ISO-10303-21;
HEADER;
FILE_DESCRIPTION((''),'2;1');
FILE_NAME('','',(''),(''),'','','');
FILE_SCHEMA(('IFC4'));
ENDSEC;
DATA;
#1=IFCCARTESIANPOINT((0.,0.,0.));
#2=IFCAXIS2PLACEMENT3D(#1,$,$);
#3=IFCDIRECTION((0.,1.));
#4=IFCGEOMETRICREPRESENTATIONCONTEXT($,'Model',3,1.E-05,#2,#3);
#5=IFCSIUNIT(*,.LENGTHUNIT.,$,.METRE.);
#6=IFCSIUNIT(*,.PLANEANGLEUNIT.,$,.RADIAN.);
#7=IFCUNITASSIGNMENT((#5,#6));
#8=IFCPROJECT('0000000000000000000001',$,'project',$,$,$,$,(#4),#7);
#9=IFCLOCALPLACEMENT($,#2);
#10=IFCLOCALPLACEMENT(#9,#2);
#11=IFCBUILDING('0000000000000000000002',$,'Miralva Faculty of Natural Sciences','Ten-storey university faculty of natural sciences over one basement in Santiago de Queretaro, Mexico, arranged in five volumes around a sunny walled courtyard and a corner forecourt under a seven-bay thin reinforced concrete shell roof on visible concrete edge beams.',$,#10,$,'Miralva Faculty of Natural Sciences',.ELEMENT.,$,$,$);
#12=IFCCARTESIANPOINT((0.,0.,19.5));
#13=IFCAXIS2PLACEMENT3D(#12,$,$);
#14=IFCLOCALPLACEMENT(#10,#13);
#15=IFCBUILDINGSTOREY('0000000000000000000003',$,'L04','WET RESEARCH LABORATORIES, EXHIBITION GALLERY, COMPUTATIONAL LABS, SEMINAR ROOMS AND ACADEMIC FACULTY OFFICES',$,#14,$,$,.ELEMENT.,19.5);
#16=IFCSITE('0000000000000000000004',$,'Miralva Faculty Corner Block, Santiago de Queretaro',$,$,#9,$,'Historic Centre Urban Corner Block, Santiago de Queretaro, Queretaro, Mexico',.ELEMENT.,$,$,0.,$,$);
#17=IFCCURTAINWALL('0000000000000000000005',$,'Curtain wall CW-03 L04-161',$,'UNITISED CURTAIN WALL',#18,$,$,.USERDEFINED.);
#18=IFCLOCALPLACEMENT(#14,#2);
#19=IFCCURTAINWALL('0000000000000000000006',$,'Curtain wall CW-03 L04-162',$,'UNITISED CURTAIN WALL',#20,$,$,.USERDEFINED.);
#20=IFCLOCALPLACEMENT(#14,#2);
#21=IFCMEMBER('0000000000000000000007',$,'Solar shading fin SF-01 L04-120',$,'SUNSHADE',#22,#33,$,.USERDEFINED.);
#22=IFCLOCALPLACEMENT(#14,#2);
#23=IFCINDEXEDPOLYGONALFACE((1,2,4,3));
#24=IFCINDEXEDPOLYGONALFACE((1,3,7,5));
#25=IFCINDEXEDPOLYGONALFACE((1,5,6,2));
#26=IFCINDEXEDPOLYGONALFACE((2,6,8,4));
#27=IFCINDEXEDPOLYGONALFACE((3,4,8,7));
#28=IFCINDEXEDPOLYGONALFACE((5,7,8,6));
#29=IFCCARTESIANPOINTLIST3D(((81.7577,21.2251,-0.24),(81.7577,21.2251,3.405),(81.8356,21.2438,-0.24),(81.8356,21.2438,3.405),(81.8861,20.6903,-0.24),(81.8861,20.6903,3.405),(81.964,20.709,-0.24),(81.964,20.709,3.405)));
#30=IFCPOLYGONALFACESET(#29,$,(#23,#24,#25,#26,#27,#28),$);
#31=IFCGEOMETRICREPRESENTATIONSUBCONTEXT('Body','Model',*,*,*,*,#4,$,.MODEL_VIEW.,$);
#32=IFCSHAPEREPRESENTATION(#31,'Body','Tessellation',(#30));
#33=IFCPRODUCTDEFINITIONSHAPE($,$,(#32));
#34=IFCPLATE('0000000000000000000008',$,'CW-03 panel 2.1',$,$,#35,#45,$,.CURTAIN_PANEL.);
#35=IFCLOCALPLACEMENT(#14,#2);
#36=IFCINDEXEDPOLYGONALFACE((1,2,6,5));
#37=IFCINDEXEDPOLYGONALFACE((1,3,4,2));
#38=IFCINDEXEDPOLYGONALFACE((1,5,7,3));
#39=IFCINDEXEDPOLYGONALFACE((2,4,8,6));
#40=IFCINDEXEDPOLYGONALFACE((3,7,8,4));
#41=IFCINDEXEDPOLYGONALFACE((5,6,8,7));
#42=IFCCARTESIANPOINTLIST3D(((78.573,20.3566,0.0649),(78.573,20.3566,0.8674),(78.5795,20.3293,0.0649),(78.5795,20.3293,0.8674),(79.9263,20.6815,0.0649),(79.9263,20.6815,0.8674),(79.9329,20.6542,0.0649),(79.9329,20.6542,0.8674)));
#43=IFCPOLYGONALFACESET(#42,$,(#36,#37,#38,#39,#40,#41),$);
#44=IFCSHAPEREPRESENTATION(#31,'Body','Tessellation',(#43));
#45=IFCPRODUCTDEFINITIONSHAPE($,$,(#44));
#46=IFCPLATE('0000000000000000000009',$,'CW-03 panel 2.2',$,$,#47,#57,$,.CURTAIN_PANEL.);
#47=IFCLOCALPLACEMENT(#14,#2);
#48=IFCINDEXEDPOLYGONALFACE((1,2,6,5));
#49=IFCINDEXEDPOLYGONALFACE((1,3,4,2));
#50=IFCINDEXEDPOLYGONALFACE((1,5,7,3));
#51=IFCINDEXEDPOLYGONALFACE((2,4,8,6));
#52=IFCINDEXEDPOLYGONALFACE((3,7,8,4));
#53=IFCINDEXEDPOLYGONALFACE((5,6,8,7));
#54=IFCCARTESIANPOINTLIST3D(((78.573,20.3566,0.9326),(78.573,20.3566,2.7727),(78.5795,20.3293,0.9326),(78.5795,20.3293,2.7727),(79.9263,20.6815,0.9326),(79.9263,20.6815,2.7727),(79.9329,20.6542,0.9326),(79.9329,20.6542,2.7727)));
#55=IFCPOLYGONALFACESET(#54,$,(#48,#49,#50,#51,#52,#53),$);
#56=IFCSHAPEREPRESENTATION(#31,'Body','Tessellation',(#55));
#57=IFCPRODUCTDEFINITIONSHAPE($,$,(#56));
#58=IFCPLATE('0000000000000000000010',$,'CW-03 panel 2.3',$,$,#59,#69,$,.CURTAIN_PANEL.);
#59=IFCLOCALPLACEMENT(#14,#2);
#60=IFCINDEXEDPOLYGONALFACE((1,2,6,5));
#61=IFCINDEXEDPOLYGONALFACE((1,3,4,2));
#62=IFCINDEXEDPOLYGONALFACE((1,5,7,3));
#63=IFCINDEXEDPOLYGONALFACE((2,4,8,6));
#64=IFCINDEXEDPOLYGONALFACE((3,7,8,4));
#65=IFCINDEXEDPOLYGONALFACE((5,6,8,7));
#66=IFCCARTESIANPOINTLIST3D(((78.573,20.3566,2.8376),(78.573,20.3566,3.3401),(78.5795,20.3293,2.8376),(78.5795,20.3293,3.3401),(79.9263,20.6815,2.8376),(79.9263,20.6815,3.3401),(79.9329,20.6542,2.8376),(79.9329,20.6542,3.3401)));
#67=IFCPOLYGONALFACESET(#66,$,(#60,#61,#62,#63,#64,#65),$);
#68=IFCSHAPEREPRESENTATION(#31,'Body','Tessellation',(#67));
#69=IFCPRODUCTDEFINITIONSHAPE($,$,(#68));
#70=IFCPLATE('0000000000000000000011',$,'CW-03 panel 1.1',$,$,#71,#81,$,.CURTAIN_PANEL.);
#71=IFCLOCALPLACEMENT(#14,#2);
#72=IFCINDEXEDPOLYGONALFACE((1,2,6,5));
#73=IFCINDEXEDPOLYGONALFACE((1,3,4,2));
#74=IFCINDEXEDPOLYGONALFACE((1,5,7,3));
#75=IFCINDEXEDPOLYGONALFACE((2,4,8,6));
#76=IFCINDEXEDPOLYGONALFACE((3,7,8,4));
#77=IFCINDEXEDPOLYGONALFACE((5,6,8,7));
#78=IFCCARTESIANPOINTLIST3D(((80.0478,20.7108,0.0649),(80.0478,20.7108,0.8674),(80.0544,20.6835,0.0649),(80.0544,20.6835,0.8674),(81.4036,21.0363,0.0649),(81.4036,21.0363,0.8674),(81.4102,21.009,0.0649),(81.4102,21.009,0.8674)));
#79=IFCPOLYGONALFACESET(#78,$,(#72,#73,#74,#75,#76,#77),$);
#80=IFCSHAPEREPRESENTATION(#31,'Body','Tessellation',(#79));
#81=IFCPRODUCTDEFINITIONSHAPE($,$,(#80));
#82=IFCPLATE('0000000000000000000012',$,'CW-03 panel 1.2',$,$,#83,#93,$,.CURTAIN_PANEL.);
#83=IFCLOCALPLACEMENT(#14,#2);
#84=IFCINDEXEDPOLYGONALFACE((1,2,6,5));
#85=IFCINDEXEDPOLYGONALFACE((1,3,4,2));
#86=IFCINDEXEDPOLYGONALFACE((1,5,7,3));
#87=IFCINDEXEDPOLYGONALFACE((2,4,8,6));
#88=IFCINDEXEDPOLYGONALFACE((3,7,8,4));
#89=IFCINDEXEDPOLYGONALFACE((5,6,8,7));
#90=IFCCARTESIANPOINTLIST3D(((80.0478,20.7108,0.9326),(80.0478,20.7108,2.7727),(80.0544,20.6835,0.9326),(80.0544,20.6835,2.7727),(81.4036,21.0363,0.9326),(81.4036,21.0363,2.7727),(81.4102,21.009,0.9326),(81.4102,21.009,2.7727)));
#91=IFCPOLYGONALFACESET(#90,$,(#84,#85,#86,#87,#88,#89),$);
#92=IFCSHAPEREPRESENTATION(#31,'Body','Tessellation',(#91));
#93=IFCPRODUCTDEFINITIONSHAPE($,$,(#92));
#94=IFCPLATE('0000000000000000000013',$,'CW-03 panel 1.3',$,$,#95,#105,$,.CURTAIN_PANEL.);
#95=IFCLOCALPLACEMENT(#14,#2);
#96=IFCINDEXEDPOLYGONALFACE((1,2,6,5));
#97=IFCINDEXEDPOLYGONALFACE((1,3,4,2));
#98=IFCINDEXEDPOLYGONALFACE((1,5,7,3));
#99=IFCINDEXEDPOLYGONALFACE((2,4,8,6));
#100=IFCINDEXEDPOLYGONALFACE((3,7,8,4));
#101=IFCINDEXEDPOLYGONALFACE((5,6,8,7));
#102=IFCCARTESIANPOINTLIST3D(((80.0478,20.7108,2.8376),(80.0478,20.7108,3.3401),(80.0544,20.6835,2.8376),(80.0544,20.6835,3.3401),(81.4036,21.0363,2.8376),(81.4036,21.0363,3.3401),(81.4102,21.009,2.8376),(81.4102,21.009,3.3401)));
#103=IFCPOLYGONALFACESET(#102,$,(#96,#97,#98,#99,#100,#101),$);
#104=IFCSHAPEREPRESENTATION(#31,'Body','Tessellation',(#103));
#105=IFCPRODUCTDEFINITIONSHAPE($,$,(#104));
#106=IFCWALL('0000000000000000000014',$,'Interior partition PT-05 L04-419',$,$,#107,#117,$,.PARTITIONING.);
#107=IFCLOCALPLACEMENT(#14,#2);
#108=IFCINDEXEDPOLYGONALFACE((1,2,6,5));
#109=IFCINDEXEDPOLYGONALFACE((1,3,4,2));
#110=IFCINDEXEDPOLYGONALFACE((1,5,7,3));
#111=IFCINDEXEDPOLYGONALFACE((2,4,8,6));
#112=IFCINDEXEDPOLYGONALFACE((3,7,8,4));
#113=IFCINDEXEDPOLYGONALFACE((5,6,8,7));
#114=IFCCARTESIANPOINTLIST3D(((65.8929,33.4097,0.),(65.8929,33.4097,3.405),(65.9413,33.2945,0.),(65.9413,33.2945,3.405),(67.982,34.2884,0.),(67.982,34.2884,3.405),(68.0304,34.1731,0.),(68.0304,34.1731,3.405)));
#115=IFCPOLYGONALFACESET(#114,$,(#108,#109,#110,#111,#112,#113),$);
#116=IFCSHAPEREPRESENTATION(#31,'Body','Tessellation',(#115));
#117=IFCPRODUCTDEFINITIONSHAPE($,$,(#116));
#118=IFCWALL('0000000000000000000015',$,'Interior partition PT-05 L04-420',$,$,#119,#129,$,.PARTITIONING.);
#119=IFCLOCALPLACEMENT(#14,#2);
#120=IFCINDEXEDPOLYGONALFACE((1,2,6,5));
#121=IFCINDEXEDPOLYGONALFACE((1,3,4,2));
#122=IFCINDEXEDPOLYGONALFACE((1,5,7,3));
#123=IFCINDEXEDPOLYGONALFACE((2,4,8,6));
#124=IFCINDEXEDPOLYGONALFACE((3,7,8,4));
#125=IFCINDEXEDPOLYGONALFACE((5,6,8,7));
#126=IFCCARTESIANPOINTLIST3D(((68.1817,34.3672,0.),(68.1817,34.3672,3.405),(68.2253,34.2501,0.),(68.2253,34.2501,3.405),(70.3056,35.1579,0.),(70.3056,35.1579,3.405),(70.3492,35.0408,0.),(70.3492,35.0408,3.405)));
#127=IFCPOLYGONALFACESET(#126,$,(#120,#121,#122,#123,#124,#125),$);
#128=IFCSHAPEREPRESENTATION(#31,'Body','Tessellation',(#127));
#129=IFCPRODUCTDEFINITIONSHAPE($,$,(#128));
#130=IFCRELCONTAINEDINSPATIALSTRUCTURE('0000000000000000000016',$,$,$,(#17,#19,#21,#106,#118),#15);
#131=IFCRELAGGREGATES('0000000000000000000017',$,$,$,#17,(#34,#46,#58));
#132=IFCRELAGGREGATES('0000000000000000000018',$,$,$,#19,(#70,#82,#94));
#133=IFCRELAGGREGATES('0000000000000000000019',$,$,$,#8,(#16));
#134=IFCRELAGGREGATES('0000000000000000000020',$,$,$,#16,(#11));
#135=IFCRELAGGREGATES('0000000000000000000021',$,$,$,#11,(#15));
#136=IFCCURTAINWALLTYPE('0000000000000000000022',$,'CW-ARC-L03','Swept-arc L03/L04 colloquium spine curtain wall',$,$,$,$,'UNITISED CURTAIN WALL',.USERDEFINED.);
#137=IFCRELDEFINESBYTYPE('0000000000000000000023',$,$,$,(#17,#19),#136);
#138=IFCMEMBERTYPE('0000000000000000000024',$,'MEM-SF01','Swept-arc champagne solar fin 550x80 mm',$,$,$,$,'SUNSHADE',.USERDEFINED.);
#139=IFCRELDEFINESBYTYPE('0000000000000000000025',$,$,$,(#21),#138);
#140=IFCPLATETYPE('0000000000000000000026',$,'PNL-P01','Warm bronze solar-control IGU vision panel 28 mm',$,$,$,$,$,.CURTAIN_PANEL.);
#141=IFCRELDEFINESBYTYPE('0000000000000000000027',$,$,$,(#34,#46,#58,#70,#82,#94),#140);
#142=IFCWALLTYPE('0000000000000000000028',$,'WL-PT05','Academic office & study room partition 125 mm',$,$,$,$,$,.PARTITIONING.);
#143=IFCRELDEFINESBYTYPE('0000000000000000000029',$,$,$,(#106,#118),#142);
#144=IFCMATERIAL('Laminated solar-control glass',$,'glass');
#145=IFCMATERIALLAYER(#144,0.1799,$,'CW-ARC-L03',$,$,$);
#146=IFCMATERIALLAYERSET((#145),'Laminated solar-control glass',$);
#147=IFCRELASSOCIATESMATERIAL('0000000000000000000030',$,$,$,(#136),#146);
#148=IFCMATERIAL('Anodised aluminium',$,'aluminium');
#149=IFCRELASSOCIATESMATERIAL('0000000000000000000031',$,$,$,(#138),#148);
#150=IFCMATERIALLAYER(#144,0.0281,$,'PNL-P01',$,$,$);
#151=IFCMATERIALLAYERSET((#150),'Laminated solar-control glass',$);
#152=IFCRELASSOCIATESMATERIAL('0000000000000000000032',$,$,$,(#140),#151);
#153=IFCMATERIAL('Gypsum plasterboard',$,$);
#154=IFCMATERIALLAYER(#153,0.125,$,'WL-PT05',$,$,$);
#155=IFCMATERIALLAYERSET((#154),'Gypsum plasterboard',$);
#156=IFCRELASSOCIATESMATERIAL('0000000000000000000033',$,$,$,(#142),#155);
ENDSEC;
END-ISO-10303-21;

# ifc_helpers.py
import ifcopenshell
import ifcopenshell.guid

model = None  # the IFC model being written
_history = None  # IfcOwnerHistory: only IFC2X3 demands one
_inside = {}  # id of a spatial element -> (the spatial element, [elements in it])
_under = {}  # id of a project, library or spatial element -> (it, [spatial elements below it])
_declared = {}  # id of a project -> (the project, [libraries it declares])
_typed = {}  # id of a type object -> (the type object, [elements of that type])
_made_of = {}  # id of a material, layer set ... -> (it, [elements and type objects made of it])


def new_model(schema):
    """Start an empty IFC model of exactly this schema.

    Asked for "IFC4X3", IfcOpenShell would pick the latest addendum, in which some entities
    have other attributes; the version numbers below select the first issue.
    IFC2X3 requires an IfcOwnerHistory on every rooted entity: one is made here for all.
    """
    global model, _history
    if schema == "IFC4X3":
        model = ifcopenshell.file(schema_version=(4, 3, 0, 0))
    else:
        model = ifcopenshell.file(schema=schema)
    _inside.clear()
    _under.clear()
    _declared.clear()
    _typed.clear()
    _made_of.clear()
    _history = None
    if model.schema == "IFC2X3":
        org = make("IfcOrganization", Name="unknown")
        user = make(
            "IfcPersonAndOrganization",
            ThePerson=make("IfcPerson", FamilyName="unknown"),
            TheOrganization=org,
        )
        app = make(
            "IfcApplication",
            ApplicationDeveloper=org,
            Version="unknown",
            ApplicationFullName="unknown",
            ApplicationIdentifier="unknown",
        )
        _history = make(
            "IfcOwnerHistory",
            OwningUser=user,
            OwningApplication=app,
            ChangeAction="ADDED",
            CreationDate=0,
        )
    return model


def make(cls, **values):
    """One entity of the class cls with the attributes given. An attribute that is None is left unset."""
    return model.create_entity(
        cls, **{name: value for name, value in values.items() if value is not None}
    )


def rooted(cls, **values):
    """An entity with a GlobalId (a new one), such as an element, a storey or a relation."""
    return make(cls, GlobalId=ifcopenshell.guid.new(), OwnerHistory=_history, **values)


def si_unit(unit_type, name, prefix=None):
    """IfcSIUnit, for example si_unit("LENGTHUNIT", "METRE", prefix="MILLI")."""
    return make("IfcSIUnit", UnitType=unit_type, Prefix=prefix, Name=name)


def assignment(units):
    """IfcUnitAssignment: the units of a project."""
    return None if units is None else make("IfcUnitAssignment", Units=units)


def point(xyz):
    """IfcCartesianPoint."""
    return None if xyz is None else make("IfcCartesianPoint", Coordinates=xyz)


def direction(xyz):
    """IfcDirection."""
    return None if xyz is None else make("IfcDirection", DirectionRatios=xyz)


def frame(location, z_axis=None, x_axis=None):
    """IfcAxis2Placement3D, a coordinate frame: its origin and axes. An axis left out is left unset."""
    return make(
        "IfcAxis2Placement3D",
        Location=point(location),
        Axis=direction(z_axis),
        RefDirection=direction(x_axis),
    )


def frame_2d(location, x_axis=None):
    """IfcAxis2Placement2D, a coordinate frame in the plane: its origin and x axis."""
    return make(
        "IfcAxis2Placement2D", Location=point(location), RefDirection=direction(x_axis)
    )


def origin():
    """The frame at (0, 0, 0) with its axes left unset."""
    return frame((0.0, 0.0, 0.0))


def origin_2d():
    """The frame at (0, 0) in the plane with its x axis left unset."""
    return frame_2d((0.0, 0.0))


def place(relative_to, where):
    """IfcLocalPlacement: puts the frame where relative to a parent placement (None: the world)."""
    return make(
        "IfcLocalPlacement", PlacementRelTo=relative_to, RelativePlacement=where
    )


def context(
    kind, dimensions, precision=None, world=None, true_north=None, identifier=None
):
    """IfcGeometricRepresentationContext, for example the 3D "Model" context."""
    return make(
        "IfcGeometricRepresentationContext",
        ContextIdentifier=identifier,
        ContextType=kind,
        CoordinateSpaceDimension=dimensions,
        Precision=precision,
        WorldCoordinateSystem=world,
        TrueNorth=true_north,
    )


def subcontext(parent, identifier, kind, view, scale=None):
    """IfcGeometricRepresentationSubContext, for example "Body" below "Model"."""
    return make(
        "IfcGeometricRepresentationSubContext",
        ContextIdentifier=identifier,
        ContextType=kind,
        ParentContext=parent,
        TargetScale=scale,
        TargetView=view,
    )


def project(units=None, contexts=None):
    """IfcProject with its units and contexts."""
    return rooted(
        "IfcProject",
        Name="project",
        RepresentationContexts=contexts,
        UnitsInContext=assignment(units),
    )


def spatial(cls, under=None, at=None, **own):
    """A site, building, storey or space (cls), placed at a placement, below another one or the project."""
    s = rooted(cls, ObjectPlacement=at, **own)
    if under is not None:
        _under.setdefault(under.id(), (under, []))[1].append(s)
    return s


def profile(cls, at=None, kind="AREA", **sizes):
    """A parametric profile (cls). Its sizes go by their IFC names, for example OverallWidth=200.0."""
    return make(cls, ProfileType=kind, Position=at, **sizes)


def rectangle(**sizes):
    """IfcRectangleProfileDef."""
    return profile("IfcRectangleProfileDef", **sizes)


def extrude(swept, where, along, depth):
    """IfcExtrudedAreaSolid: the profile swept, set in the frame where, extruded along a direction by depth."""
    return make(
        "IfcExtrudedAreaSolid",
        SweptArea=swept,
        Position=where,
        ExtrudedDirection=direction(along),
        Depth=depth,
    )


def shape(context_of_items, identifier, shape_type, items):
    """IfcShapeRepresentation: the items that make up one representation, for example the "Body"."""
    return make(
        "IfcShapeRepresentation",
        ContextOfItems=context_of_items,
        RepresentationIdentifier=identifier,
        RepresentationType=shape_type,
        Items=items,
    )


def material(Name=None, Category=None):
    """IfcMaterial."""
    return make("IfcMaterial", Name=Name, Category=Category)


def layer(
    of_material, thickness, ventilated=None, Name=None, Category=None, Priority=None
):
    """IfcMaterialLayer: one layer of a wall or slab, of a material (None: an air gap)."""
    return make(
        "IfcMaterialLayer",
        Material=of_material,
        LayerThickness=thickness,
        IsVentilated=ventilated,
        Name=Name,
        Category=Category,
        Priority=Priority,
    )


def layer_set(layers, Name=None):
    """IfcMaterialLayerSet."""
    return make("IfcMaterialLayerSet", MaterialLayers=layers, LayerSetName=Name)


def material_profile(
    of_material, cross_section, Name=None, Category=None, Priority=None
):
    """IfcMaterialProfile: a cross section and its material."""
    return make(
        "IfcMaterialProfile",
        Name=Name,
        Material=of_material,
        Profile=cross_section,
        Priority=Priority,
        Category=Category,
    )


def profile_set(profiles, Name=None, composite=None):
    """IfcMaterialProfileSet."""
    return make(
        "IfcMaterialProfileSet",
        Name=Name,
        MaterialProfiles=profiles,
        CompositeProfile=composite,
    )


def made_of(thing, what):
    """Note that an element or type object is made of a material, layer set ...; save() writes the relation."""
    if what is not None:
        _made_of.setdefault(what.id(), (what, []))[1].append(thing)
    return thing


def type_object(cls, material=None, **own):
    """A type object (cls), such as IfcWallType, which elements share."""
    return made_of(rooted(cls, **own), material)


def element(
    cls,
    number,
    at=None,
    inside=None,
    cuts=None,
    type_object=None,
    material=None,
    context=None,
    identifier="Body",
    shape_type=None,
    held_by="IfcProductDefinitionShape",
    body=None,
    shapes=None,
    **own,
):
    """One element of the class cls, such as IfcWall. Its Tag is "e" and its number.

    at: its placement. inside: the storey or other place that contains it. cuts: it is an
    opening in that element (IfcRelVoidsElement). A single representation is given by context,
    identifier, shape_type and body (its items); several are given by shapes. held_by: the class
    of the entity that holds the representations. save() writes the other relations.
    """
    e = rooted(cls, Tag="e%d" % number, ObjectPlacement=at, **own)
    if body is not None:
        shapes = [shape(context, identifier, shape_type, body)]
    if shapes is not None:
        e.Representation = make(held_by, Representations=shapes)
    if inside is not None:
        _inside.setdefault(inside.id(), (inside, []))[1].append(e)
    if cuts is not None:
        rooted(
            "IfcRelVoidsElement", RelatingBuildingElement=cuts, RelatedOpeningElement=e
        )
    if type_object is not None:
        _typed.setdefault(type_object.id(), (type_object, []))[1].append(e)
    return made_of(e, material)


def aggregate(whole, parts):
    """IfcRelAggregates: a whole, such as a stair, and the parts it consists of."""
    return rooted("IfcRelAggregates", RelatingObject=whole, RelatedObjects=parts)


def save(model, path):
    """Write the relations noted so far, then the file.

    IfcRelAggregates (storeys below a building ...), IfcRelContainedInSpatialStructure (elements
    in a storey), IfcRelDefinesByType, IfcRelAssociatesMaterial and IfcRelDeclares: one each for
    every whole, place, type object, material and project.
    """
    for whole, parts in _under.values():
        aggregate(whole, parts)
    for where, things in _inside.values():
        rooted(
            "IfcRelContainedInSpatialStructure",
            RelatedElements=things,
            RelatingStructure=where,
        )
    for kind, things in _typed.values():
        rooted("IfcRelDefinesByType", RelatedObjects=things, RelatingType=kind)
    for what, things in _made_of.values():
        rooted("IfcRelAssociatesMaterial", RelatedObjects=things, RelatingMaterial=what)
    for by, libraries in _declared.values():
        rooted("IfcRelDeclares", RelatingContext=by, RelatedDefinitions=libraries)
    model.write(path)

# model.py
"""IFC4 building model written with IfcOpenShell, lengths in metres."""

from ifc_helpers import new_model, si_unit, direction, frame, frame_2d, origin, origin_2d, place, context, subcontext, project, spatial, rectangle, extrude, material, layer, layer_set, material_profile, profile_set, type_object, element, aggregate, save


model = new_model("IFC4")

# Units and contexts
model_context = context("Model", 3, precision=1e-05, world=origin(), true_north=direction((0.0, 1.0)))
body_context = subcontext(model_context, "Body", "Model", "MODEL_VIEW")
ifc_project = project(units=[si_unit("LENGTHUNIT", "METRE"), si_unit("PLANEANGLEUNIT", "RADIAN")], contexts=[model_context])

# Site, building, storey
site_placement = place(None, origin())
site = spatial("IfcSite", under=ifc_project, at=site_placement, Name="Miralva Faculty Corner Block, Santiago de Queretaro", LongName="Historic Centre Urban Corner Block, Santiago de Queretaro, Queretaro, Mexico", CompositionType="ELEMENT", RefElevation=0.0)
building_placement = place(site_placement, origin())
building = spatial("IfcBuilding", under=site, at=building_placement, Name="Miralva Faculty of Natural Sciences", Description="Ten-storey university faculty of natural sciences over one basement in Santiago de Queretaro, Mexico, arranged in five volumes around a sunny walled courtyard and a corner forecourt under a seven-bay thin reinforced concrete shell roof on visible concrete edge beams.", LongName="Miralva Faculty of Natural Sciences", CompositionType="ELEMENT")
storey_placement = place(building_placement, frame((0.0, 0.0, 19.5)))
storey = spatial("IfcBuildingStorey", under=building, at=storey_placement, Name="L04", Description="WET RESEARCH LABORATORIES, EXHIBITION GALLERY, COMPUTATIONAL LABS, SEMINAR ROOMS AND ACADEMIC FACULTY OFFICES", CompositionType="ELEMENT", Elevation=19.5)

# Curtain wall
ifc_material_1 = material(Name="Laminated solar-control glass", Category="glass")
ifc_layer_1 = layer(ifc_material_1, 0.1799, Name="CW-ARC-L03")
ifc_layer_set_1 = layer_set([ifc_layer_1], Name="Laminated solar-control glass")
curtain_wall_type = type_object("IfcCurtainWallType", Name="CW-ARC-L03", Description="Swept-arc L03/L04 colloquium spine curtain wall", ElementType="UNITISED CURTAIN WALL", PredefinedType="USERDEFINED", material=ifc_layer_set_1)
curtain_wall_1_placement = place(storey_placement, origin())
curtain_wall_1 = element("IfcCurtainWall", 1, at=curtain_wall_1_placement, inside=storey, type_object=curtain_wall_type, Name="Curtain wall CW-03 L04-161", ObjectType="UNITISED CURTAIN WALL", PredefinedType="USERDEFINED")
ifc_material_2 = material(Name="Anodised aluminium", Category="aluminium")

# Curtain wall
curtain_wall_2_placement = place(storey_placement, origin())
curtain_wall_2 = element("IfcCurtainWall", 2, at=curtain_wall_2_placement, inside=storey, type_object=curtain_wall_type, Name="Curtain wall CW-03 L04-162", ObjectType="UNITISED CURTAIN WALL", PredefinedType="USERDEFINED")

# Member
ifc_material_profile_1 = material_profile(ifc_material_2, rectangle(XDim=0.0801, YDim=0.55, at=origin_2d()), Name="FIN 550x80")
ifc_profile_set_1 = profile_set([ifc_material_profile_1], Name="Anodised aluminium")
member_type_1 = type_object("IfcMemberType", Name="MEM-SF01", Description="Swept-arc champagne solar fin 550x80 mm", ElementType="SUNSHADE", PredefinedType="USERDEFINED", material=ifc_profile_set_1)
for number, where, z_axis, x_axis, name in (
    (3, (81.8608, 20.967, -0.24), (0.0, 0.0, 1.0), (0.97237, 0.233445, 0.0), "Solar shading fin SF-01 L04-120"),
):
    element("IfcMember", number, at=place(storey_placement, frame(where, z_axis=z_axis, x_axis=x_axis)), inside=storey, type_object=member_type_1, Name=name, ObjectType="SUNSHADE", PredefinedType="USERDEFINED", context=body_context, shape_type="SweptSolid", body=[
        extrude(rectangle(XDim=0.0801, YDim=0.55, at=origin_2d()), origin(), (0.0, 0.0, 1.0), 3.645),
    ])

# Plates
ifc_layer_2 = layer(ifc_material_1, 0.0281, Name="PNL-P01")
ifc_layer_set_2 = layer_set([ifc_layer_2], Name="Laminated solar-control glass")
plate_type = type_object("IfcPlateType", Name="PNL-P01", Description="Warm bronze solar-control IGU vision panel 28 mm", PredefinedType="CURTAIN_PANEL", material=ifc_layer_set_2)
plate_1_placement = place(storey_placement, frame((79.2529, 20.5054, 0.0649), z_axis=(0.0, 0.0, 1.0), x_axis=(0.972367, 0.233457, 0.0)))
plate_1 = element("IfcPlate", 4, at=plate_1_placement, type_object=plate_type, Name="CW-03 panel 2.1", PredefinedType="CURTAIN_PANEL", context=body_context, shape_type="SweptSolid", body=[
    extrude(rectangle(XDim=1.3918, YDim=0.0281, at=origin_2d()), origin(), (0.0, 0.0, 1.0), 0.8025),
])
plate_2_placement = place(storey_placement, frame((79.2529, 20.5054, 0.9326), z_axis=(0.0, 0.0, 1.0), x_axis=(0.972367, 0.233457, 0.0)))
plate_2 = element("IfcPlate", 5, at=plate_2_placement, type_object=plate_type, Name="CW-03 panel 2.2", PredefinedType="CURTAIN_PANEL", context=body_context, shape_type="SweptSolid", body=[
    extrude(rectangle(XDim=1.3918, YDim=0.0281, at=origin_2d()), origin(), (0.0, 0.0, 1.0), 1.8401),
])
plate_3_placement = place(storey_placement, frame((79.2529, 20.5054, 2.8376), z_axis=(0.0, 0.0, 1.0), x_axis=(0.972367, 0.233457, 0.0)))
plate_3 = element("IfcPlate", 6, at=plate_3_placement, type_object=plate_type, Name="CW-03 panel 2.3", PredefinedType="CURTAIN_PANEL", context=body_context, shape_type="SweptSolid", body=[
    extrude(rectangle(XDim=1.3918, YDim=0.0281, at=origin_2d()), origin(), (0.0, 0.0, 1.0), 0.5024),
])
aggregate(curtain_wall_1, [plate_1, plate_2, plate_3])
plate_4_placement = place(storey_placement, frame((80.729, 20.8599, 0.0649), z_axis=(0.0, 0.0, 1.0), x_axis=(0.972365, 0.233464, 0.0)))
plate_4 = element("IfcPlate", 7, at=plate_4_placement, type_object=plate_type, Name="CW-03 panel 1.1", PredefinedType="CURTAIN_PANEL", context=body_context, shape_type="SweptSolid", body=[
    extrude(rectangle(XDim=1.3943, YDim=0.0281, at=origin_2d()), origin(), (0.0, 0.0, 1.0), 0.8025),
])
plate_5_placement = place(storey_placement, frame((80.729, 20.8599, 0.9326), z_axis=(0.0, 0.0, 1.0), x_axis=(0.972365, 0.233464, 0.0)))
plate_5 = element("IfcPlate", 8, at=plate_5_placement, type_object=plate_type, Name="CW-03 panel 1.2", PredefinedType="CURTAIN_PANEL", context=body_context, shape_type="SweptSolid", body=[
    extrude(rectangle(XDim=1.3943, YDim=0.0281, at=origin_2d()), origin(), (0.0, 0.0, 1.0), 1.8401),
])
plate_6_placement = place(storey_placement, frame((80.729, 20.8599, 2.8376), z_axis=(0.0, 0.0, 1.0), x_axis=(0.972365, 0.233464, 0.0)))
plate_6 = element("IfcPlate", 9, at=plate_6_placement, type_object=plate_type, Name="CW-03 panel 1.3", PredefinedType="CURTAIN_PANEL", context=body_context, shape_type="SweptSolid", body=[
    extrude(rectangle(XDim=1.3943, YDim=0.0281, at=origin_2d()), origin(), (0.0, 0.0, 1.0), 0.5024),
])
aggregate(curtain_wall_2, [plate_4, plate_5, plate_6])

# Walls
ifc_material_3 = material(Name="Gypsum plasterboard")
ifc_layer_3 = layer(ifc_material_3, 0.125, Name="WL-PT05")
ifc_layer_set_3 = layer_set([ifc_layer_3], Name="Gypsum plasterboard")
wall_type = type_object("IfcWallType", Name="WL-PT05", Description="Academic office & study room partition 125 mm", PredefinedType="PARTITIONING", material=ifc_layer_set_3)
for number, where, z_axis, x_axis, name in (
    (10, (65.917, 33.3521, 0.0), (0.0, 0.0, 1.0), (0.921787, 0.387696, 0.0), "Interior partition PT-05 L04-419"),
    (11, (68.2034, 34.3086, 0.0), (0.0, 0.0, 1.0), (0.937159, 0.348903, 0.0), "Interior partition PT-05 L04-420"),
):
    element("IfcWall", number, at=place(storey_placement, frame(where, z_axis=z_axis, x_axis=x_axis)), inside=storey, type_object=wall_type, Name=name, PredefinedType="PARTITIONING", context=body_context, shape_type="SweptSolid", body=[
        extrude(rectangle(XDim=2.2664, YDim=0.125, at=frame_2d((1.1333, 0.0))), origin(), (0.0, 0.0, 1.0), 3.405),
    ])

save(model, "model.ifc")
